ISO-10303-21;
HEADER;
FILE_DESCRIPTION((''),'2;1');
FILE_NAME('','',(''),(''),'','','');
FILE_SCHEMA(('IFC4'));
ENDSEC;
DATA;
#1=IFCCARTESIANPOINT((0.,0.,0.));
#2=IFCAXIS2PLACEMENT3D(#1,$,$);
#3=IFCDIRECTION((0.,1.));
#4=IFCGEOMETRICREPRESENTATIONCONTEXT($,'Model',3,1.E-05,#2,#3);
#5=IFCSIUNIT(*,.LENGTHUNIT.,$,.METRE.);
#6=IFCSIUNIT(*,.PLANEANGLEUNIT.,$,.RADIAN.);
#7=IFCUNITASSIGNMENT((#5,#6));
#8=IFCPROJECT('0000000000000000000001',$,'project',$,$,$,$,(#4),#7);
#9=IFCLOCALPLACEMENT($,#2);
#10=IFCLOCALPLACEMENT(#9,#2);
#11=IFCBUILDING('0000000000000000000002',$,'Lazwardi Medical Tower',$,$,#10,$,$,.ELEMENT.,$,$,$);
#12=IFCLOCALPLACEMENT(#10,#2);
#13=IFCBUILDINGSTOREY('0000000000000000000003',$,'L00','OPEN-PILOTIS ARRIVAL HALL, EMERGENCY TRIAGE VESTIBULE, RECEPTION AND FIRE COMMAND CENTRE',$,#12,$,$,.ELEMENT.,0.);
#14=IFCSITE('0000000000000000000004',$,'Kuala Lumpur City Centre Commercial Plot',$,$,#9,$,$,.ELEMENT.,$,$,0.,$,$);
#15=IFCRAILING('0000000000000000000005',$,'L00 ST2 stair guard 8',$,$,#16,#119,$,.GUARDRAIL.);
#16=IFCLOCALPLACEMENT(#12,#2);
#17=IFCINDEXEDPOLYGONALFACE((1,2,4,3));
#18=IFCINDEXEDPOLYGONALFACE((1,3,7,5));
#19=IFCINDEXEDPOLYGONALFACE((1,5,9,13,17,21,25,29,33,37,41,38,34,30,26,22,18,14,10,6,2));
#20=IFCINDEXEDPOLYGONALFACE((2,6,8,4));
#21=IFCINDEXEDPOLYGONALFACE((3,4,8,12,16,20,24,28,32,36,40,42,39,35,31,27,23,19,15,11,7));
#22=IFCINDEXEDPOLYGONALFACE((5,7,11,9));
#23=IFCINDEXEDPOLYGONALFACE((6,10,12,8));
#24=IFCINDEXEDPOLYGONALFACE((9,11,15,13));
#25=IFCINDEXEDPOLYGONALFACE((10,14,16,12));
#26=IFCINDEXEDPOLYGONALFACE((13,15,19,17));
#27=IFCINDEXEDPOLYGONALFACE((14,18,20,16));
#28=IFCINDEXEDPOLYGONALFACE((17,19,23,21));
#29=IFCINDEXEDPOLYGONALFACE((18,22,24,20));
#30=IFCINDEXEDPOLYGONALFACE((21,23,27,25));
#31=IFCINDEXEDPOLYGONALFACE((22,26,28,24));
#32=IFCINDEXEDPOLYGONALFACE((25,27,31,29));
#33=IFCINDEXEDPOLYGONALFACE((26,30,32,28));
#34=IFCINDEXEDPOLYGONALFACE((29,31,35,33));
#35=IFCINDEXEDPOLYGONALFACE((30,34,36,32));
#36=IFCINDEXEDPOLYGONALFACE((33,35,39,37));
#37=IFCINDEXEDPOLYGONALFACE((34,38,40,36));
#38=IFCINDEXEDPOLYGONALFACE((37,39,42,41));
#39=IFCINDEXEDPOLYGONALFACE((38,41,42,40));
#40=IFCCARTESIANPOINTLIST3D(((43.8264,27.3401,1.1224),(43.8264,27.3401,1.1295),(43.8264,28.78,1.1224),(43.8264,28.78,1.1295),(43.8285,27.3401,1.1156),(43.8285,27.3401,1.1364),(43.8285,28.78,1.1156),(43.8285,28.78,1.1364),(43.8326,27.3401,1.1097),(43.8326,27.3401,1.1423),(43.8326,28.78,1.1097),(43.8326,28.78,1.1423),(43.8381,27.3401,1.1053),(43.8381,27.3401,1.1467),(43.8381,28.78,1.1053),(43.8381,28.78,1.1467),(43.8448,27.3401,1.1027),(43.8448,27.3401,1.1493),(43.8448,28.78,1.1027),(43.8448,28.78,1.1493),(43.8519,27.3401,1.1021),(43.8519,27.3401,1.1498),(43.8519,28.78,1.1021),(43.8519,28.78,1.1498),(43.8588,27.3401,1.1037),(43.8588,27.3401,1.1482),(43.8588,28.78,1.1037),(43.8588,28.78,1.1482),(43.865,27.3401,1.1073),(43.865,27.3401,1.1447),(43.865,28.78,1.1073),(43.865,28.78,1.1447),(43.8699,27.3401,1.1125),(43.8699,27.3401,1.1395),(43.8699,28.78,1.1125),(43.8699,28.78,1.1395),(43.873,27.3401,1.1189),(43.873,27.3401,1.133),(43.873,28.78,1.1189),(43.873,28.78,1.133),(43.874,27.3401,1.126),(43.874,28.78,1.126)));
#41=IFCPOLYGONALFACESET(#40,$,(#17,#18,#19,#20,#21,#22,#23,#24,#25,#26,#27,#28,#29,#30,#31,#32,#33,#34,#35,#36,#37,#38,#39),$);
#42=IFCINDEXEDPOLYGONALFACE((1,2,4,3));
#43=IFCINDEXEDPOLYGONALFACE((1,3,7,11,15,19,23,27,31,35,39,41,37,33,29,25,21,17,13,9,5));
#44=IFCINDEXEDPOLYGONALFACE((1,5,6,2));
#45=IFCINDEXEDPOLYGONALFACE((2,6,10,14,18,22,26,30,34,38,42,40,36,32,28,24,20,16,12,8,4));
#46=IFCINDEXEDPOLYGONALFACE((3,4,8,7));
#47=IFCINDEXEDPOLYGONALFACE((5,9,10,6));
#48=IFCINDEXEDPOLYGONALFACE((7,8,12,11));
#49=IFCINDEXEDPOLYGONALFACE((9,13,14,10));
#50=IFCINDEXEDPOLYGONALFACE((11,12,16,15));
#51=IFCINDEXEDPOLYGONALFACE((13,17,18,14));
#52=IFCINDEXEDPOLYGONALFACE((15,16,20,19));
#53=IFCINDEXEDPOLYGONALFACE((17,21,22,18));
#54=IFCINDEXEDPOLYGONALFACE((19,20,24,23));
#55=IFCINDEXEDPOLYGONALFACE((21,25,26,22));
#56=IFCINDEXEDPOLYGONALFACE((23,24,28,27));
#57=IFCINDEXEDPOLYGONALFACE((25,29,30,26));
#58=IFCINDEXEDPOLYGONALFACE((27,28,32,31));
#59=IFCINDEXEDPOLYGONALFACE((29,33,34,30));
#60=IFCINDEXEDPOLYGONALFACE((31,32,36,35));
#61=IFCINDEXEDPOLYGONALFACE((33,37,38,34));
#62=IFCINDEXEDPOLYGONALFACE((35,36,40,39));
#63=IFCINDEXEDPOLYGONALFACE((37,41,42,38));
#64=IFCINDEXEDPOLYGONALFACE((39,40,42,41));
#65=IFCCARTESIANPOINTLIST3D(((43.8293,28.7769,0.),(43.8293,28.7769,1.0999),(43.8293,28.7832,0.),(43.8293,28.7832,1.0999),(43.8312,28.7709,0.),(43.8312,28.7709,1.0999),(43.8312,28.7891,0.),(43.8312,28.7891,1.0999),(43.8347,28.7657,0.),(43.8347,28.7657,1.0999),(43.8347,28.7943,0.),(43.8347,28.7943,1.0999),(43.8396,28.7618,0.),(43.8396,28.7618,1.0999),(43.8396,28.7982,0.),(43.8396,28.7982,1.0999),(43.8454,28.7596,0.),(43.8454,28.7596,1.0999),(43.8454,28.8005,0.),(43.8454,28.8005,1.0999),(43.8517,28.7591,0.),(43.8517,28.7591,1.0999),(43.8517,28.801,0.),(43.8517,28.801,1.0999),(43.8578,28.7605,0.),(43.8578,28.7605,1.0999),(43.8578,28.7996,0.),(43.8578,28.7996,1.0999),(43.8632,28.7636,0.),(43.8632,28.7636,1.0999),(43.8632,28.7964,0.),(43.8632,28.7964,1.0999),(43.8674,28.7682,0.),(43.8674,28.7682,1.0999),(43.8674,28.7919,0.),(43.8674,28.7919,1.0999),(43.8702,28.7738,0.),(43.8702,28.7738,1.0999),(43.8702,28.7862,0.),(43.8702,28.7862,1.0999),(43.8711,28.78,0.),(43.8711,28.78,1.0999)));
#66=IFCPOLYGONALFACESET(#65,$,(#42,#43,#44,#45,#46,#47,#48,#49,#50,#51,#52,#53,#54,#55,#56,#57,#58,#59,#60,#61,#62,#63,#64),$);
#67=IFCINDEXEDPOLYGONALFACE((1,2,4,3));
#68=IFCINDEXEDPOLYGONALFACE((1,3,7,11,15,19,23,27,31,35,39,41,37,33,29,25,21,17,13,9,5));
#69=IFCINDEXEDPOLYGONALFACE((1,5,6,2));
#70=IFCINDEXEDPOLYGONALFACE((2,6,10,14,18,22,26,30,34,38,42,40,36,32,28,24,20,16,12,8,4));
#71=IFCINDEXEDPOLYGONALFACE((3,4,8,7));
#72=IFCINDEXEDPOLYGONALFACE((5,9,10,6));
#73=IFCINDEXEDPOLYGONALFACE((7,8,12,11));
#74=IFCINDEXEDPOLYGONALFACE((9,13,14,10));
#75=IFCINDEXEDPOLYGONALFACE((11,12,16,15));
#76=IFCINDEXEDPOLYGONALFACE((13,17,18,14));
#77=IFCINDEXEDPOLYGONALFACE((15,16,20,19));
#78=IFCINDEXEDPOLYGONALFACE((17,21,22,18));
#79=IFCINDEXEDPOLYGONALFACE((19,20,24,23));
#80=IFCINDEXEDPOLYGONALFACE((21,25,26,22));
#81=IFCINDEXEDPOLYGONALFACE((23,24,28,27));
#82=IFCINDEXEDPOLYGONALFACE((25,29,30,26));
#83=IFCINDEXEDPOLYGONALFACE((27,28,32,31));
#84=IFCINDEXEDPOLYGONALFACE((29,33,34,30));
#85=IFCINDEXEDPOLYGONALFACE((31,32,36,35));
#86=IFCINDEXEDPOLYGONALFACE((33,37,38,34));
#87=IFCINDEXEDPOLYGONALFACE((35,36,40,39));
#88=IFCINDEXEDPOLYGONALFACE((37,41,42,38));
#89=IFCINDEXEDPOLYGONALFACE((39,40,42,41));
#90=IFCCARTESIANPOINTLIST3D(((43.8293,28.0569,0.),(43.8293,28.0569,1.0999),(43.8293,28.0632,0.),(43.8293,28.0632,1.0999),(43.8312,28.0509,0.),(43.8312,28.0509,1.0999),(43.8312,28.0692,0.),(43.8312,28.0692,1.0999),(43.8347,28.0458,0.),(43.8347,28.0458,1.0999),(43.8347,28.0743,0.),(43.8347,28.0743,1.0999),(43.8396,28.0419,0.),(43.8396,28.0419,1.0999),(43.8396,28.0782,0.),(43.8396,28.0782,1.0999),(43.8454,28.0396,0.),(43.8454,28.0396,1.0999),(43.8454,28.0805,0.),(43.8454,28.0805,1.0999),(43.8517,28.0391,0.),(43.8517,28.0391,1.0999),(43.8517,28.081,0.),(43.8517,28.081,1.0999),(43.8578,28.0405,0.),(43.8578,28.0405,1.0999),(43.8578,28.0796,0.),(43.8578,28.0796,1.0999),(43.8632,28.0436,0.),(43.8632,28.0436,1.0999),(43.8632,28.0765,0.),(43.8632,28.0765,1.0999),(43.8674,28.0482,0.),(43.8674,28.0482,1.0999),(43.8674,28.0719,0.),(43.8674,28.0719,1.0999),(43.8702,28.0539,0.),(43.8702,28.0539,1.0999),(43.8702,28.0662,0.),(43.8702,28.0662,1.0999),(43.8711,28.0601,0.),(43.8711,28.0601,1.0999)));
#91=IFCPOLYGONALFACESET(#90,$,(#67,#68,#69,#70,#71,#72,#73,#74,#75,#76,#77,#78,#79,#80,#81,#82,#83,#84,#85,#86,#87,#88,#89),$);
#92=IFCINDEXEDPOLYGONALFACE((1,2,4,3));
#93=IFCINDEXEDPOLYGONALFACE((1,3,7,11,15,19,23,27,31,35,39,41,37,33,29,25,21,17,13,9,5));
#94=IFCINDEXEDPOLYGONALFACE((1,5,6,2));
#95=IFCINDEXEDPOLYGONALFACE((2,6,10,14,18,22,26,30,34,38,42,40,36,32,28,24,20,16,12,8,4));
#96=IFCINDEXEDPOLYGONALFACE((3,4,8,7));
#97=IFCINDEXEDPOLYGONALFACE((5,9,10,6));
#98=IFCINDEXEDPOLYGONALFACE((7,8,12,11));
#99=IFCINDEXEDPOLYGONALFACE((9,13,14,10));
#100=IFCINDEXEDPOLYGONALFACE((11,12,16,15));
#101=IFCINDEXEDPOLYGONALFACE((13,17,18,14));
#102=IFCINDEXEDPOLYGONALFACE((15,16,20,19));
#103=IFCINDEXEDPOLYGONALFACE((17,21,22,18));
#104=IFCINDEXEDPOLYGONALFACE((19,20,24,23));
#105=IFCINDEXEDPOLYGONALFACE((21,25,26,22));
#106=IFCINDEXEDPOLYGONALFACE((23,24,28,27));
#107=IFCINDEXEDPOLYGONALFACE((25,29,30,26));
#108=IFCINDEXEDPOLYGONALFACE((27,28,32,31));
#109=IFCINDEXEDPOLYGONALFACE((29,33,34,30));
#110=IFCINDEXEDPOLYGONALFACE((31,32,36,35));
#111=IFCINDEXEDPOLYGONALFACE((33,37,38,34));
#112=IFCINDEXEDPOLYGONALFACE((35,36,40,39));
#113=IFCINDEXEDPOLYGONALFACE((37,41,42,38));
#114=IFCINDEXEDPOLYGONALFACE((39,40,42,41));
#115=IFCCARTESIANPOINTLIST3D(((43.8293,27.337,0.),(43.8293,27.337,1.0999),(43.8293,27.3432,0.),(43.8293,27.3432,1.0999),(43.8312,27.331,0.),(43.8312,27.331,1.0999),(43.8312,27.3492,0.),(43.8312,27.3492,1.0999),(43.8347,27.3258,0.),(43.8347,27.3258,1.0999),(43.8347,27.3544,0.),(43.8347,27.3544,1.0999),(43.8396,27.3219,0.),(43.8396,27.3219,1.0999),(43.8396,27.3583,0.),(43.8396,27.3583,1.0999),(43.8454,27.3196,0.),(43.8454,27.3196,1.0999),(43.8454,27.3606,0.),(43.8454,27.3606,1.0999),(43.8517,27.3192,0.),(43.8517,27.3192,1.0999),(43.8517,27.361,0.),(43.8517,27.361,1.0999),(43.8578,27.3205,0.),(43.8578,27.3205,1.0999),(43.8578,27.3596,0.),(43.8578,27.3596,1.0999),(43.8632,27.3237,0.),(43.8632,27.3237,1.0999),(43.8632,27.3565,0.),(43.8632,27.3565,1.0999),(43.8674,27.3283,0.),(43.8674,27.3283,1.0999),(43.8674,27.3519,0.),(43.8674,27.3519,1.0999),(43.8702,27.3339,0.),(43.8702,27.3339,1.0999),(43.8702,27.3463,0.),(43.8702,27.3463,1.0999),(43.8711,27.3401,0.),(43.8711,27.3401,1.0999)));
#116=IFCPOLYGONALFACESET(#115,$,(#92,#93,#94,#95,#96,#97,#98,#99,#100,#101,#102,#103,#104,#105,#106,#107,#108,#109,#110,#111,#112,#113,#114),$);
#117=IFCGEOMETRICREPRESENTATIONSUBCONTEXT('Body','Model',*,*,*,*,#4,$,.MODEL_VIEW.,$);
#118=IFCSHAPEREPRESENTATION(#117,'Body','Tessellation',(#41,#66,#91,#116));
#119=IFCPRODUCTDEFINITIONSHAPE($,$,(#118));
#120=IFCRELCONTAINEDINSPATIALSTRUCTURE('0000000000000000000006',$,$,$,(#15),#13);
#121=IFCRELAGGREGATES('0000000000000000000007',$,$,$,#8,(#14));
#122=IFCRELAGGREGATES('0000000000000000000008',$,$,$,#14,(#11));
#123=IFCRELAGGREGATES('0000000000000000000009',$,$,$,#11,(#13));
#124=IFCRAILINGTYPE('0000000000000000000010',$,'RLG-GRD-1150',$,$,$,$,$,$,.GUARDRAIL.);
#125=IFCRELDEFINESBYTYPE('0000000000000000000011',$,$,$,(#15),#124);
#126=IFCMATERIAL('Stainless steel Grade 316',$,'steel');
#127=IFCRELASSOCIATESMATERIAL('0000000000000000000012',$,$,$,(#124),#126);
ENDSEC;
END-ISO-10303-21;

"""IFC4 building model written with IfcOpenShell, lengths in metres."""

from ifc_helpers import new_model, si_unit, direction, frame, origin, origin_2d, place, context, subcontext, project, spatial, circle, extrude, material, type_object, element, save


model = new_model("IFC4")

# Units and contexts
model_context = context("Model", 3, precision=1e-05, world=origin(), true_north=direction((0.0, 1.0)))
body_context = subcontext(model_context, "Body", "Model", "MODEL_VIEW")
ifc_project = project(units=[si_unit("LENGTHUNIT", "METRE"), si_unit("PLANEANGLEUNIT", "RADIAN")], contexts=[model_context])

# Site, building, storey
site_placement = place(None, origin())
site = spatial("IfcSite", under=ifc_project, at=site_placement, Name="Kuala Lumpur City Centre Commercial Plot", CompositionType="ELEMENT", RefElevation=0.0)
building_placement = place(site_placement, origin())
building = spatial("IfcBuilding", under=site, at=building_placement, Name="Lazwardi Medical Tower", CompositionType="ELEMENT")
storey_placement = place(building_placement, origin())
storey = spatial("IfcBuildingStorey", under=building, at=storey_placement, Name="L00", Description="OPEN-PILOTIS ARRIVAL HALL, EMERGENCY TRIAGE VESTIBULE, RECEPTION AND FIRE COMMAND CENTRE", CompositionType="ELEMENT", Elevation=0.0)

# Railing
ifc_material_1 = material(Name="Stainless steel Grade 316", Category="steel")
railing_type_1 = type_object("IfcRailingType", Name="RLG-GRD-1150", PredefinedType="GUARDRAIL", material=ifc_material_1)
railing_1_placement = place(storey_placement, frame((43.8501, 28.78, 0.0)))
element("IfcRailing", 1, at=railing_1_placement, inside=storey, type_object=railing_type_1, Name="L00 ST2 stair guard 8", PredefinedType="GUARDRAIL", context=body_context, shape_type="SweptSolid", body=[
    extrude(circle(Radius=0.0239, at=origin_2d()), frame((0.0, 0.0, 1.126), z_axis=(0.0, -1.0, 0.0), x_axis=(1.0, 0.0, 0.0)), (0.0, 0.0, 1.0), 1.4399),
    extrude(circle(Radius=0.021, at=origin_2d()), origin(), (0.0, 0.0, 1.0), 1.0999),
    extrude(circle(Radius=0.021, at=origin_2d()), frame((0.0, -0.72, 0.0)), (0.0, 0.0, 1.0), 1.0999),
    extrude(circle(Radius=0.021, at=origin_2d()), frame((0.0, -1.4399, 0.0)), (0.0, 0.0, 1.0), 1.0999),
])

save(model, "model.ifc")
